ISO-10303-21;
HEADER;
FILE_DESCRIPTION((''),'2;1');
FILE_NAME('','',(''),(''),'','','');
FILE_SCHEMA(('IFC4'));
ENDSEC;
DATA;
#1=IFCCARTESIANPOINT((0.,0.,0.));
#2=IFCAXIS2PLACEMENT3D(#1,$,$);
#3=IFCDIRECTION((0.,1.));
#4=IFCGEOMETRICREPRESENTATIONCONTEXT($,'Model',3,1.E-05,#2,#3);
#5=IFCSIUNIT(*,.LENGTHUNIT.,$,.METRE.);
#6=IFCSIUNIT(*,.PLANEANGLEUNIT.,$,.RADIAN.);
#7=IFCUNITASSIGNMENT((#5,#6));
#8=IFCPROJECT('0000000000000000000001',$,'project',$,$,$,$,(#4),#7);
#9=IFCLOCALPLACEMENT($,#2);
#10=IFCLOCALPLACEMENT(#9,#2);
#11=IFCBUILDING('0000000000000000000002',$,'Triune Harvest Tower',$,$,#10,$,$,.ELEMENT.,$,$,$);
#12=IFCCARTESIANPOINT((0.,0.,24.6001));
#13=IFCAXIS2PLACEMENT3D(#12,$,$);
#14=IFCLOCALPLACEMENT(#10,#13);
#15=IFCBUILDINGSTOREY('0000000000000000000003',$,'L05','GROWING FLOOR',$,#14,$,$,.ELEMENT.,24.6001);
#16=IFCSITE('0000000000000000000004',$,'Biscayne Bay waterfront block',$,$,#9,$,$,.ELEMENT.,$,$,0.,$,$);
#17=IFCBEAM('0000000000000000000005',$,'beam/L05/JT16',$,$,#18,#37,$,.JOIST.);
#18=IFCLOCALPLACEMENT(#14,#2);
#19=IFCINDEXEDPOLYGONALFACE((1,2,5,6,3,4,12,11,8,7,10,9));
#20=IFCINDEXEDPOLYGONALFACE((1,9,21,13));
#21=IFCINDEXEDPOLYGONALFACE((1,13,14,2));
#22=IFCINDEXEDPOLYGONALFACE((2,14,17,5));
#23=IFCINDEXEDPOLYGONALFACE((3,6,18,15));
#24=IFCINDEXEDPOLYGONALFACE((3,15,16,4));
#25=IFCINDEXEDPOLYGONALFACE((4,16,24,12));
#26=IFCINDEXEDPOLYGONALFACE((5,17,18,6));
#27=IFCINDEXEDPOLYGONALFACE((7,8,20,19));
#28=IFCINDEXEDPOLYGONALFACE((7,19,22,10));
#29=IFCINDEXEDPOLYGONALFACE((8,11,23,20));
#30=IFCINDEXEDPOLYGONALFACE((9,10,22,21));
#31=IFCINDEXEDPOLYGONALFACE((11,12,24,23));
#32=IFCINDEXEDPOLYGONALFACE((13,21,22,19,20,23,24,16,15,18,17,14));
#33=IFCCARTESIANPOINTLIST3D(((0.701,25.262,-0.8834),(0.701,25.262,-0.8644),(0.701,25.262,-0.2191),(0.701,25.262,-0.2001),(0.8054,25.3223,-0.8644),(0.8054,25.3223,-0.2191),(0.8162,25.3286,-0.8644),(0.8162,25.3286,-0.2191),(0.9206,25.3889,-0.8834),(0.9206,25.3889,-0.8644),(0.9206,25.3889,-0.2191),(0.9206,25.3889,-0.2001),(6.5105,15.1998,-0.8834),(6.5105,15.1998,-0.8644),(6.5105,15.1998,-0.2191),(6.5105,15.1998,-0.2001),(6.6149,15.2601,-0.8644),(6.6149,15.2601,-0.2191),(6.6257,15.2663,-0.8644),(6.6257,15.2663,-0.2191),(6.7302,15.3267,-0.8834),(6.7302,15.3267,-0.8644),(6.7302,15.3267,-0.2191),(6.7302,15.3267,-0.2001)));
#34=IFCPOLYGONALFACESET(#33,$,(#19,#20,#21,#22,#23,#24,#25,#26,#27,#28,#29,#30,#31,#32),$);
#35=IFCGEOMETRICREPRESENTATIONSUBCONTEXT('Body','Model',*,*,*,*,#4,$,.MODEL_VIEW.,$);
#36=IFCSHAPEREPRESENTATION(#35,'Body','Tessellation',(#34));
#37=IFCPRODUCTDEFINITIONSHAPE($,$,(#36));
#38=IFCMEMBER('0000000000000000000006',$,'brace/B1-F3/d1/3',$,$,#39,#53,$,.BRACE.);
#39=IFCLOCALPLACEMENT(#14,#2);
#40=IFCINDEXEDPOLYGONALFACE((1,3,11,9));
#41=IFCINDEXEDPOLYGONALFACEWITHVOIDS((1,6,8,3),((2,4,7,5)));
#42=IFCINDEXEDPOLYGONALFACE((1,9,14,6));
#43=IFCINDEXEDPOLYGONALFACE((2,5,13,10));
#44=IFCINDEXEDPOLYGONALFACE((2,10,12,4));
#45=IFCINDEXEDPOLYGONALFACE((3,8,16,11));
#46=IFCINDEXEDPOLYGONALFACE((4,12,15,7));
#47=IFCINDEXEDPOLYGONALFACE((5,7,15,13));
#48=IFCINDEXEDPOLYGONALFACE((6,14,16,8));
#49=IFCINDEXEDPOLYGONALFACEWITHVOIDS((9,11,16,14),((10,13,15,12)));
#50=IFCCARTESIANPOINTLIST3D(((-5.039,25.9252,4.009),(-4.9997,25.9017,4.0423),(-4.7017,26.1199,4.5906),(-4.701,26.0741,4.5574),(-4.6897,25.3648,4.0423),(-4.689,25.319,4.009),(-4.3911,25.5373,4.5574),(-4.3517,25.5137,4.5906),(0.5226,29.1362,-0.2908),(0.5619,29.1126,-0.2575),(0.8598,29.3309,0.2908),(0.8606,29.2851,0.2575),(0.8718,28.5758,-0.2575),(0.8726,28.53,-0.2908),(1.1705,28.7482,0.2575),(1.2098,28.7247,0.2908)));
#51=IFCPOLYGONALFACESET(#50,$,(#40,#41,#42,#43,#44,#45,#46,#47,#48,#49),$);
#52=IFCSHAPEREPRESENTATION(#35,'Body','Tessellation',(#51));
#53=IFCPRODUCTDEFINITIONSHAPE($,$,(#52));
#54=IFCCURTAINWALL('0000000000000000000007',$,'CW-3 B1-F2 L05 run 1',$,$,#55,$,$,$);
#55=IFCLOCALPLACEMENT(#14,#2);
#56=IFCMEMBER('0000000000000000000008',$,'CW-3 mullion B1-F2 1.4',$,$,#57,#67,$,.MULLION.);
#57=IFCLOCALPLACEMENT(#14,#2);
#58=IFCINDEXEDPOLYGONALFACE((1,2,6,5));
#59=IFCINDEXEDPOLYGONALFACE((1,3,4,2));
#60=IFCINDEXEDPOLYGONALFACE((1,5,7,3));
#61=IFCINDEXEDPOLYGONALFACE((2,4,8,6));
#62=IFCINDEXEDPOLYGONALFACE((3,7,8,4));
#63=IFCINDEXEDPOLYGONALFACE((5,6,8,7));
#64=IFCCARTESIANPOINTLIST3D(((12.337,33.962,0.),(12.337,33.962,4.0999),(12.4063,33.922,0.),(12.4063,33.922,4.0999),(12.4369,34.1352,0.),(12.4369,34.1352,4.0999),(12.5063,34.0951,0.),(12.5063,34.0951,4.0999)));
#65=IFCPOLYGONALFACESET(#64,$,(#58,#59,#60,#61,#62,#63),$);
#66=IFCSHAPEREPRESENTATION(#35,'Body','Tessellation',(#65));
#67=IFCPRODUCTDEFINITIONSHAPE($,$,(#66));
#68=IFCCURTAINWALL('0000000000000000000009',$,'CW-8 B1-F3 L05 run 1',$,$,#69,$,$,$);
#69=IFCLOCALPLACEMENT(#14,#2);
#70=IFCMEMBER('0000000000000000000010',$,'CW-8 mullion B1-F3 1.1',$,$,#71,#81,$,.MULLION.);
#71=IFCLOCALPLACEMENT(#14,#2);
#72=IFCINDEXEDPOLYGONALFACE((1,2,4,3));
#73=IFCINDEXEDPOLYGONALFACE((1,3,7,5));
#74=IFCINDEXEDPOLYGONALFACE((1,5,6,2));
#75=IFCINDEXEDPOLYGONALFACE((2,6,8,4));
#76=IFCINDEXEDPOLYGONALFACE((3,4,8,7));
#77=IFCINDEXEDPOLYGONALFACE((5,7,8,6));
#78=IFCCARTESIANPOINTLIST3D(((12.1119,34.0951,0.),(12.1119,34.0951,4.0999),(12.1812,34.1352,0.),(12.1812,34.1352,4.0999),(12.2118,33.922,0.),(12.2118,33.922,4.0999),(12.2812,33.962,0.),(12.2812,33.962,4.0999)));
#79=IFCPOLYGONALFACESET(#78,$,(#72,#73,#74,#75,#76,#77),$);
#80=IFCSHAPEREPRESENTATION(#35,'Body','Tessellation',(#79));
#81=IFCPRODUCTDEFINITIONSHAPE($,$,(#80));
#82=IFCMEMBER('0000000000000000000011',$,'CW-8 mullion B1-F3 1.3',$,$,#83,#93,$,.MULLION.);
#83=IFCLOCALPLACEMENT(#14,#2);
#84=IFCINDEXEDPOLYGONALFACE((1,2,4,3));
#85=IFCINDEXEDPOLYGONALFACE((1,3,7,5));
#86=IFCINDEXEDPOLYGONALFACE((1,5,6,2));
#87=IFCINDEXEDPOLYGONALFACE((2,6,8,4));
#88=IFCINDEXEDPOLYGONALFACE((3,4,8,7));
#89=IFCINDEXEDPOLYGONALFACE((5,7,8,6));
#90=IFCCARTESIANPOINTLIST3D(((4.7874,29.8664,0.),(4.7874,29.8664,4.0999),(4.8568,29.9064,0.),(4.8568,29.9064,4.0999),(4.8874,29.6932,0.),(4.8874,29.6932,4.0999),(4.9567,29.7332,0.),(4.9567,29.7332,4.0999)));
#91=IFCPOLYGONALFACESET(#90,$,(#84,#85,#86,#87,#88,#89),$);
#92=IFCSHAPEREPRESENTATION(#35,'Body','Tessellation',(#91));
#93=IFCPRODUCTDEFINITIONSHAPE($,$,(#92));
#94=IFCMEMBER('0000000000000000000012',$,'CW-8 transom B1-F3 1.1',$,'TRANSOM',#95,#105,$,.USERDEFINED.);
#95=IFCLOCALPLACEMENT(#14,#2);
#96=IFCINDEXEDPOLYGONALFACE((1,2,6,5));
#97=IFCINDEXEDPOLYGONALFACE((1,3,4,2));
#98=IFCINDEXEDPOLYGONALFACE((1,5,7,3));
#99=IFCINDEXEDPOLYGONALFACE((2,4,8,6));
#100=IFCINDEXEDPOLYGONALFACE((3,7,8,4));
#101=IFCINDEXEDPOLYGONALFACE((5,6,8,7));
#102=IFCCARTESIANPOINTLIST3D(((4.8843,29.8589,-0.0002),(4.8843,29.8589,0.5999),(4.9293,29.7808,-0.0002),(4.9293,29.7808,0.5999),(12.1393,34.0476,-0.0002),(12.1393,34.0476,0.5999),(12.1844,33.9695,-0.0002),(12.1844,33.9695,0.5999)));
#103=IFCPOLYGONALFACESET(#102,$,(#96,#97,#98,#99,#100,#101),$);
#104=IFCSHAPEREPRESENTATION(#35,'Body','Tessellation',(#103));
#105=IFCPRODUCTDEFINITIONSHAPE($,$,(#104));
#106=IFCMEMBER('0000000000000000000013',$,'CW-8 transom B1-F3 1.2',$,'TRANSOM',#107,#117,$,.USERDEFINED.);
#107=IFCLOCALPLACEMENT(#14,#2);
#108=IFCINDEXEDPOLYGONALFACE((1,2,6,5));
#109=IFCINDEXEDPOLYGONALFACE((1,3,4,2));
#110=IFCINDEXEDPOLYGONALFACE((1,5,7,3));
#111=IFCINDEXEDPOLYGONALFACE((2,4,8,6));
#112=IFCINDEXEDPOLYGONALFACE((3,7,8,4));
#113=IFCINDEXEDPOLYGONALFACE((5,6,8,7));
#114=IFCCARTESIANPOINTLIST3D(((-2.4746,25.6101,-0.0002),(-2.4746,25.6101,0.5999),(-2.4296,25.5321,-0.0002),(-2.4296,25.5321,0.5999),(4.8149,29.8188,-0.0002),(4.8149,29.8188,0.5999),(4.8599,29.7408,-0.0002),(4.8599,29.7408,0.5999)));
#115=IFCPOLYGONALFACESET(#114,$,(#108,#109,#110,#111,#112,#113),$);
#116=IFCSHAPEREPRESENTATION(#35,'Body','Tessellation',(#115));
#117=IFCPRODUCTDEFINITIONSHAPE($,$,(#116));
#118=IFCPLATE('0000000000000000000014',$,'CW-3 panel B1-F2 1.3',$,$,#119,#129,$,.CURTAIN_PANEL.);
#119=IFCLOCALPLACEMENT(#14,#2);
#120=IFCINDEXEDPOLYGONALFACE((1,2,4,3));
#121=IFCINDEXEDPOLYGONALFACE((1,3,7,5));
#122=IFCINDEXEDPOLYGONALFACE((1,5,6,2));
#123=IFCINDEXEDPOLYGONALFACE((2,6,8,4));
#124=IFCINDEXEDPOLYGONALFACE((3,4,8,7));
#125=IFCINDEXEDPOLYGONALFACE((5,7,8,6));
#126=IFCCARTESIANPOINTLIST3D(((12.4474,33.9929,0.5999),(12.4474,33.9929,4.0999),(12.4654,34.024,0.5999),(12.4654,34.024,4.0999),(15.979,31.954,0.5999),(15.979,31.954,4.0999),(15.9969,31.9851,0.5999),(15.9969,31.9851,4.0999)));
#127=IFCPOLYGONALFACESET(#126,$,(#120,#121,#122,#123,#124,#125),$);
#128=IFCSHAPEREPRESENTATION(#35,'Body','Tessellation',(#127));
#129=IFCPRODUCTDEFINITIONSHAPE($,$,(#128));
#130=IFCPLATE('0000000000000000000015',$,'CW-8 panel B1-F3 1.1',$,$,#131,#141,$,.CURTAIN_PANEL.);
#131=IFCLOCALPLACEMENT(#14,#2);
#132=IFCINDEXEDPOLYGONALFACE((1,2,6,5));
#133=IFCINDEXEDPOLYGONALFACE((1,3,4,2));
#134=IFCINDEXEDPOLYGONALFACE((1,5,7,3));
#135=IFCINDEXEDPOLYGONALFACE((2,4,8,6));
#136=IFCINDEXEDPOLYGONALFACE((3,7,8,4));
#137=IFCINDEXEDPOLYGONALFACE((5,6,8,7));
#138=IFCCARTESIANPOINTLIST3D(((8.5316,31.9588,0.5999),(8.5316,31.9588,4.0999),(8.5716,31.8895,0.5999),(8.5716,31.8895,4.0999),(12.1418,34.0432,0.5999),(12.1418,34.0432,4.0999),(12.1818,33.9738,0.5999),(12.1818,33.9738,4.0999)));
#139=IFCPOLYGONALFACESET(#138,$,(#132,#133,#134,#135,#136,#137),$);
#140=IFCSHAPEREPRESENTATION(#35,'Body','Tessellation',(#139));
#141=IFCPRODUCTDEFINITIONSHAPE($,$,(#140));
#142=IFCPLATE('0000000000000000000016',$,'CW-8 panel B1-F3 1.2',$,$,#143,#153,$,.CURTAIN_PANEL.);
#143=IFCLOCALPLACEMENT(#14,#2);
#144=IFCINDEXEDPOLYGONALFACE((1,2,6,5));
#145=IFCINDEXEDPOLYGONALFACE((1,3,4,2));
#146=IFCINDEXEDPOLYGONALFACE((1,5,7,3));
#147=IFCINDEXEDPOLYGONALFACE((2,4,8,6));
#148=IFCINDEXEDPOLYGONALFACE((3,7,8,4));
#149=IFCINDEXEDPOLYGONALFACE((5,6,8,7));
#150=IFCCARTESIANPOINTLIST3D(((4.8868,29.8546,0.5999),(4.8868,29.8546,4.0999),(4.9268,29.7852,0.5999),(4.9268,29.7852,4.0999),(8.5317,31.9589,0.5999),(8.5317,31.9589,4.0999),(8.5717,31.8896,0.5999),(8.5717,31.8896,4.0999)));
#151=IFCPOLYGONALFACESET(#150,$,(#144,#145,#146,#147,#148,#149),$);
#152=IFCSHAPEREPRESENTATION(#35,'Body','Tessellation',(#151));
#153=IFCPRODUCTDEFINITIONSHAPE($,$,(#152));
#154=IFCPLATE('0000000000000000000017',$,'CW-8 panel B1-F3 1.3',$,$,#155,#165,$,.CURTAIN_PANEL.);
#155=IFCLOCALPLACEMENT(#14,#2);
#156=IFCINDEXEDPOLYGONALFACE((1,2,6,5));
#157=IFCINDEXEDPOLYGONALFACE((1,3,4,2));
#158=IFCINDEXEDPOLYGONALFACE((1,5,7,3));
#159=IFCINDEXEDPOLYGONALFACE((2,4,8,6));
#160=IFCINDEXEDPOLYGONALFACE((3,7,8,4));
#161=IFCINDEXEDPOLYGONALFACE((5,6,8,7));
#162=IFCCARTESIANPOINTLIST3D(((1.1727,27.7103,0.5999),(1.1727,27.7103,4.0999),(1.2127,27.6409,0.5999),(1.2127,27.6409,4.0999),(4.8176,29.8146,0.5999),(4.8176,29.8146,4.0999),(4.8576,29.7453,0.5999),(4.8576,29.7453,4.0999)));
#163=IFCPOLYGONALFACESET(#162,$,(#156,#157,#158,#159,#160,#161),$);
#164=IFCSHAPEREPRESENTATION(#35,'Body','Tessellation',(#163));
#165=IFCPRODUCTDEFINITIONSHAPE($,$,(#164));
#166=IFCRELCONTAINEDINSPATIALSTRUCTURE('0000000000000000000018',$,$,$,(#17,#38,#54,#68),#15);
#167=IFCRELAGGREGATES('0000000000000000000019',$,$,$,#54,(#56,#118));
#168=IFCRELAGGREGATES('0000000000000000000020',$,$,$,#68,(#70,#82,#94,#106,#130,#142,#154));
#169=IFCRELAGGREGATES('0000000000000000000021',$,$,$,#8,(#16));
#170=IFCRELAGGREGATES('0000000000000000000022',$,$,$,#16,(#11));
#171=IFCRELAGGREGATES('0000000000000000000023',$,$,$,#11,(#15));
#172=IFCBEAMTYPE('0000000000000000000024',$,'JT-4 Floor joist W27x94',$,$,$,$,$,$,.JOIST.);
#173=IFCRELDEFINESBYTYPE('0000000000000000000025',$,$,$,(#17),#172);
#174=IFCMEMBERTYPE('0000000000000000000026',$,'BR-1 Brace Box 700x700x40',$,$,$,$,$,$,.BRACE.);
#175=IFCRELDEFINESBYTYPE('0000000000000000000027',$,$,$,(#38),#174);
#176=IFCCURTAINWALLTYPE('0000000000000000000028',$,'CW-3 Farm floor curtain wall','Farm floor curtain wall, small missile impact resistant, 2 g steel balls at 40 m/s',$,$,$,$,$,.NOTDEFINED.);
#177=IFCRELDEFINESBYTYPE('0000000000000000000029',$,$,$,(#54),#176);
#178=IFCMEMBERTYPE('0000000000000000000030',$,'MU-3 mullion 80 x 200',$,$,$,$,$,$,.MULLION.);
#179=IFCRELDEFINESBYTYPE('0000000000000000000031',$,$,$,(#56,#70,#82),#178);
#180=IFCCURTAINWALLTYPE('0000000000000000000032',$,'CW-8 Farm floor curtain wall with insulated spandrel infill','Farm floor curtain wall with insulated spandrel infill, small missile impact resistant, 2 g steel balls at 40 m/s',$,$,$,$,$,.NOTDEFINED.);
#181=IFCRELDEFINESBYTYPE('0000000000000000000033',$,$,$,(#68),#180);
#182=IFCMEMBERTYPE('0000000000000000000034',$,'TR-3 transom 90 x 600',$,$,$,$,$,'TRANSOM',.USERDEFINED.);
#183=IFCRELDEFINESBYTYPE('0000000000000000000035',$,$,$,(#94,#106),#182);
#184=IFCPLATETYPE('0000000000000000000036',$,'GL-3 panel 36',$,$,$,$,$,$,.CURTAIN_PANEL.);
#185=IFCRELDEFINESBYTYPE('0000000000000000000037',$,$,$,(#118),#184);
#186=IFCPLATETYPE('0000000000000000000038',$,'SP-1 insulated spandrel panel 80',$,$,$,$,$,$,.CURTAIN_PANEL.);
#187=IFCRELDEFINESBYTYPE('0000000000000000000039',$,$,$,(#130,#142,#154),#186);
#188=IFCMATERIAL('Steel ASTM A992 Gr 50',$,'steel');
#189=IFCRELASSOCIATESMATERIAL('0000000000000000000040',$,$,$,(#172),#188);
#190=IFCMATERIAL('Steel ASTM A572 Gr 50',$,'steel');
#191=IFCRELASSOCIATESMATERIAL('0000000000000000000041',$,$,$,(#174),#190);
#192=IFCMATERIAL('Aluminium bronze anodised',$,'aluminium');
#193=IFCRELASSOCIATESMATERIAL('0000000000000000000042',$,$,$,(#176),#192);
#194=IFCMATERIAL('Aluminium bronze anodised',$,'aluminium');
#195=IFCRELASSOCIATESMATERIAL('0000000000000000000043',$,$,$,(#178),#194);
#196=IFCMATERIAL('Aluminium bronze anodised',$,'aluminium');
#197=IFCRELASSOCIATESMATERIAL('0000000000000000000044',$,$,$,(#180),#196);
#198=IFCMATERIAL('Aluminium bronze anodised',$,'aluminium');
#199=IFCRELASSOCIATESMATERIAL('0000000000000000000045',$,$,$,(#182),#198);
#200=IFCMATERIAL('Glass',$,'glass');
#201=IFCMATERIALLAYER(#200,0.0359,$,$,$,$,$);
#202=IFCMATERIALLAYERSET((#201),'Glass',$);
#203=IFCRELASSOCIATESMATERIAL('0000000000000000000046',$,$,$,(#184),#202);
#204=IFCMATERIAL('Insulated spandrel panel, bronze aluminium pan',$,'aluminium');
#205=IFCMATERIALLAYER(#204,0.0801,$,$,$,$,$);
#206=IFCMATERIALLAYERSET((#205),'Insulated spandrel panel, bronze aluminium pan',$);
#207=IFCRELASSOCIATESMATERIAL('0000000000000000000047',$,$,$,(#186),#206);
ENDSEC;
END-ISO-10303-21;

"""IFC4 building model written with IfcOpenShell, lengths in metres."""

from ifc_helpers import new_model, si_unit, direction, frame, origin, origin_2d, place, context, subcontext, project, spatial, rectangle, hollow_rectangle, i_section, extrude, source, transform, mapped, material, layer, layer_set, material_profile, profile_set, type_object, element, aggregate, save


model = new_model("IFC4")

# Units and contexts
model_context = context("Model", 3, precision=1e-05, world=origin(), true_north=direction((0.0, 1.0)))
body_context = subcontext(model_context, "Body", "Model", "MODEL_VIEW")
ifc_project = project(units=[si_unit("LENGTHUNIT", "METRE"), si_unit("PLANEANGLEUNIT", "RADIAN")], contexts=[model_context])

# Site, building, storey
site_placement = place(None, origin())
site = spatial("IfcSite", under=ifc_project, at=site_placement, Name="Biscayne Bay waterfront block", CompositionType="ELEMENT", RefElevation=0.0)
building_placement = place(site_placement, origin())
building = spatial("IfcBuilding", under=site, at=building_placement, Name="Triune Harvest Tower", CompositionType="ELEMENT")
storey_placement = place(building_placement, frame((0.0, 0.0, 24.6001)))
storey = spatial("IfcBuildingStorey", under=building, at=storey_placement, Name="L05", Description="GROWING FLOOR", CompositionType="ELEMENT", Elevation=24.6001)

# Beam
ifc_material_1 = material(Name="Steel ASTM A992 Gr 50", Category="steel")
ifc_material_profile_1 = material_profile(ifc_material_1, i_section(OverallWidth=0.2537, OverallDepth=0.6833, WebThickness=0.0125, FlangeThickness=0.019, at=origin_2d()), Name="W27x94")
ifc_profile_set_1 = profile_set([ifc_material_profile_1], Name="Steel ASTM A992 Gr 50")
beam_type_1 = type_object("IfcBeamType", Name="JT-4 Floor joist W27x94", PredefinedType="JOIST", material=ifc_profile_set_1)
shared_shape_1 = source(origin(), body_context, "Body", "SweptSolid", [
    extrude(i_section(OverallWidth=0.2537, OverallDepth=0.6833, WebThickness=0.0125, FlangeThickness=0.019, at=origin_2d()), origin(), (0.0, 0.0, 1.0), 11.6189),
])
beam_1_placement = place(storey_placement, frame((0.8108, 25.3254, -0.5417), z_axis=(0.500008, -0.866021, 0.0), x_axis=(0.866021, 0.500008, 0.0)))
element("IfcBeam", 1, at=beam_1_placement, inside=storey, type_object=beam_type_1, Name="beam/L05/JT16", PredefinedType="JOIST", context=body_context, shape_type="MappedRepresentation", body=[
    mapped(shared_shape_1, transform((0.0, 0.0, 0.0), scale=1.0)),
])

# Member
ifc_material_2 = material(Name="Steel ASTM A572 Gr 50", Category="steel")
ifc_material_profile_2 = material_profile(ifc_material_2, hollow_rectangle(XDim=0.7, YDim=0.7, WallThickness=0.04, at=origin_2d()), Name="Box 700x700x40")
ifc_profile_set_2 = profile_set([ifc_material_profile_2], Name="Steel ASTM A572 Gr 50")
member_type_1 = type_object("IfcMemberType", Name="BR-1 Brace Box 700x700x40", PredefinedType="BRACE", material=ifc_profile_set_2)
shared_shape_2 = source(origin(), body_context, "Body", "SweptSolid", [
    extrude(hollow_rectangle(XDim=0.7, YDim=0.7, WallThickness=0.04, at=origin_2d()), origin(), (0.0, 0.0, 1.0), 7.7285),
])
member_1_placement = place(storey_placement, frame((0.8662, 28.9304, 0.0), z_axis=(-0.719617, -0.41547, 0.55636), x_axis=(0.499999, -0.866026, 0.0)))
element("IfcMember", 2, at=member_1_placement, inside=storey, type_object=member_type_1, Name="brace/B1-F3/d1/3", PredefinedType="BRACE", context=body_context, shape_type="MappedRepresentation", body=[
    mapped(shared_shape_2, transform((0.0, 0.0, 0.0), scale=1.0)),
])

# Curtain wall, member
ifc_material_3 = material(Name="Aluminium bronze anodised", Category="aluminium")
curtain_wall_type_1 = type_object("IfcCurtainWallType", Name="CW-3 Farm floor curtain wall", Description="Farm floor curtain wall, small missile impact resistant, 2 g steel balls at 40 m/s", PredefinedType="NOTDEFINED", material=ifc_material_3)
curtain_wall_1_placement = place(storey_placement, origin())
curtain_wall_1 = element("IfcCurtainWall", 3, at=curtain_wall_1_placement, inside=storey, type_object=curtain_wall_type_1, Name="CW-3 B1-F2 L05 run 1")
ifc_material_4 = material(Name="Aluminium bronze anodised", Category="aluminium")
ifc_material_profile_3 = material_profile(ifc_material_4, rectangle(XDim=0.2, YDim=0.0801, at=origin_2d()), Name="MU-3 mullion 80 x 200")
ifc_profile_set_3 = profile_set([ifc_material_profile_3], Name="Aluminium bronze anodised")
member_type_2 = type_object("IfcMemberType", Name="MU-3 mullion 80 x 200", PredefinedType="MULLION", material=ifc_profile_set_3)
shared_shape_3 = source(origin(), body_context, "Body", "SweptSolid", [
    extrude(rectangle(XDim=0.2, YDim=0.0801, at=origin_2d()), origin(), (0.0, 0.0, 1.0), 4.0999),
])
member_2_placement = place(storey_placement, frame((12.4216, 34.0286, 0.0), z_axis=(0.0, 0.0, 1.0), x_axis=(-0.499999, -0.866026, 0.0)))
member_2 = element("IfcMember", 4, at=member_2_placement, type_object=member_type_2, Name="CW-3 mullion B1-F2 1.4", PredefinedType="MULLION", context=body_context, shape_type="MappedRepresentation", body=[
    mapped(shared_shape_3, transform((0.0, 0.0, 0.0), scale=1.0)),
])

# Curtain wall, members
ifc_material_5 = material(Name="Aluminium bronze anodised", Category="aluminium")
curtain_wall_type_2 = type_object("IfcCurtainWallType", Name="CW-8 Farm floor curtain wall with insulated spandrel infill", Description="Farm floor curtain wall with insulated spandrel infill, small missile impact resistant, 2 g steel balls at 40 m/s", PredefinedType="NOTDEFINED", material=ifc_material_5)
curtain_wall_2_placement = place(storey_placement, origin())
curtain_wall_2 = element("IfcCurtainWall", 5, at=curtain_wall_2_placement, inside=storey, type_object=curtain_wall_type_2, Name="CW-8 B1-F3 L05 run 1")
member_3_placement = place(storey_placement, frame((12.1965, 34.0286, 0.0), z_axis=(0.0, 0.0, 1.0), x_axis=(0.499999, -0.866026, 0.0)))
member_3 = element("IfcMember", 6, at=member_3_placement, type_object=member_type_2, Name="CW-8 mullion B1-F3 1.1", PredefinedType="MULLION", context=body_context, shape_type="MappedRepresentation", body=[
    mapped(shared_shape_3, transform((0.0, 0.0, 0.0), scale=1.0)),
])
member_4_placement = place(storey_placement, frame((4.8721, 29.7998, 0.0), z_axis=(0.0, 0.0, 1.0), x_axis=(0.499999, -0.866026, 0.0)))
member_4 = element("IfcMember", 7, at=member_4_placement, type_object=member_type_2, Name="CW-8 mullion B1-F3 1.3", PredefinedType="MULLION", context=body_context, shape_type="MappedRepresentation", body=[
    mapped(shared_shape_3, transform((0.0, 0.0, 0.0), scale=1.0)),
])
ifc_material_6 = material(Name="Aluminium bronze anodised", Category="aluminium")
ifc_material_profile_4 = material_profile(ifc_material_6, rectangle(XDim=0.0901, YDim=0.6001, at=origin_2d()), Name="TR-3 transom 90 x 600")
ifc_profile_set_4 = profile_set([ifc_material_profile_4], Name="Aluminium bronze anodised")
member_type_3 = type_object("IfcMemberType", Name="TR-3 transom 90 x 600", ElementType="TRANSOM", PredefinedType="USERDEFINED", material=ifc_profile_set_4)
shared_shape_4 = source(origin(), body_context, "Body", "SweptSolid", [
    extrude(rectangle(XDim=0.0901, YDim=0.6001, at=origin_2d()), origin(), (0.0, 0.0, 1.0), 8.3774),
])
member_5_placement = place(storey_placement, frame((12.1619, 34.0085, 0.2998), z_axis=(-0.866027, -0.499997, 0.0), x_axis=(0.499997, -0.866027, 0.0)))
member_5 = element("IfcMember", 8, at=member_5_placement, type_object=member_type_3, Name="CW-8 transom B1-F3 1.1", ObjectType="TRANSOM", PredefinedType="USERDEFINED", context=body_context, shape_type="MappedRepresentation", body=[
    mapped(shared_shape_4, transform((0.0, 0.0, 0.0), scale=1.0)),
])
shared_shape_5 = source(origin(), body_context, "Body", "SweptSolid", [
    extrude(rectangle(XDim=0.0901, YDim=0.6001, at=origin_2d()), origin(), (0.0, 0.0, 1.0), 8.4172),
])
member_6_placement = place(storey_placement, frame((4.8374, 29.7798, 0.2998), z_axis=(-0.866019, -0.50001, 0.0), x_axis=(0.50001, -0.866019, 0.0)))
member_6 = element("IfcMember", 9, at=member_6_placement, type_object=member_type_3, Name="CW-8 transom B1-F3 1.2", ObjectType="TRANSOM", PredefinedType="USERDEFINED", context=body_context, shape_type="MappedRepresentation", body=[
    mapped(shared_shape_5, transform((0.0, 0.0, 0.0), scale=1.0)),
])

# Plates
ifc_material_7 = material(Name="Glass", Category="glass")
ifc_layer_1 = layer(ifc_material_7, 0.0359)
ifc_layer_set_1 = layer_set([ifc_layer_1], Name="Glass")
plate_type_1 = type_object("IfcPlateType", Name="GL-3 panel 36", PredefinedType="CURTAIN_PANEL", material=ifc_layer_set_1)
shared_shape_6 = source(origin(), body_context, "Body", "SweptSolid", [
    extrude(rectangle(XDim=4.0779, YDim=0.0359, at=origin_2d()), origin(), (0.0, 0.0, 1.0), 3.5),
])
plate_1_placement = place(storey_placement, frame((14.2222, 32.989, 0.5999), z_axis=(0.0, 0.0, 1.0), x_axis=(-0.866026, 0.499999, 0.0)))
plate_1 = element("IfcPlate", 10, at=plate_1_placement, type_object=plate_type_1, Name="CW-3 panel B1-F2 1.3", PredefinedType="CURTAIN_PANEL", context=body_context, shape_type="MappedRepresentation", body=[
    mapped(shared_shape_6, transform((0.0, 0.0, 0.0), scale=1.0)),
])
aggregate(curtain_wall_1, [member_2, plate_1])
ifc_material_8 = material(Name="Insulated spandrel panel, bronze aluminium pan", Category="aluminium")
ifc_layer_2 = layer(ifc_material_8, 0.0801)
ifc_layer_set_2 = layer_set([ifc_layer_2], Name="Insulated spandrel panel, bronze aluminium pan")
plate_type_2 = type_object("IfcPlateType", Name="SP-1 insulated spandrel panel 80", PredefinedType="CURTAIN_PANEL", material=ifc_layer_set_2)
shared_shape_7 = source(origin(), body_context, "Body", "SweptSolid", [
    extrude(rectangle(XDim=4.1687, YDim=0.0801, at=origin_2d()), origin(), (0.0, 0.0, 1.0), 3.5),
])
plate_2_placement = place(storey_placement, frame((10.3567, 32.9663, 0.5999), z_axis=(0.0, 0.0, 1.0), x_axis=(-0.866026, -0.499999, 0.0)))
plate_2 = element("IfcPlate", 11, at=plate_2_placement, type_object=plate_type_2, Name="CW-8 panel B1-F3 1.1", PredefinedType="CURTAIN_PANEL", context=body_context, shape_type="MappedRepresentation", body=[
    mapped(shared_shape_7, transform((0.0, 0.0, 0.0), scale=1.0)),
])
shared_shape_8 = source(origin(), body_context, "Body", "SweptSolid", [
    extrude(rectangle(XDim=4.2087, YDim=0.0801, at=origin_2d()), origin(), (0.0, 0.0, 1.0), 3.5),
])
plate_3_placement = place(storey_placement, frame((6.7292, 30.8721, 0.5999), z_axis=(0.0, 0.0, 1.0), x_axis=(-0.866026, -0.499999, 0.0)))
plate_3 = element("IfcPlate", 12, at=plate_3_placement, type_object=plate_type_2, Name="CW-8 panel B1-F3 1.2", PredefinedType="CURTAIN_PANEL", context=body_context, shape_type="MappedRepresentation", body=[
    mapped(shared_shape_8, transform((0.0, 0.0, 0.0), scale=1.0)),
])
plate_4_placement = place(storey_placement, frame((3.0151, 28.7278, 0.5999), z_axis=(0.0, 0.0, 1.0), x_axis=(-0.866026, -0.499999, 0.0)))
plate_4 = element("IfcPlate", 13, at=plate_4_placement, type_object=plate_type_2, Name="CW-8 panel B1-F3 1.3", PredefinedType="CURTAIN_PANEL", context=body_context, shape_type="MappedRepresentation", body=[
    mapped(shared_shape_8, transform((0.0, 0.0, 0.0), scale=1.0)),
])
aggregate(curtain_wall_2, [member_3, member_4, member_5, member_6, plate_2, plate_3, plate_4])

save(model, "model.ifc")
